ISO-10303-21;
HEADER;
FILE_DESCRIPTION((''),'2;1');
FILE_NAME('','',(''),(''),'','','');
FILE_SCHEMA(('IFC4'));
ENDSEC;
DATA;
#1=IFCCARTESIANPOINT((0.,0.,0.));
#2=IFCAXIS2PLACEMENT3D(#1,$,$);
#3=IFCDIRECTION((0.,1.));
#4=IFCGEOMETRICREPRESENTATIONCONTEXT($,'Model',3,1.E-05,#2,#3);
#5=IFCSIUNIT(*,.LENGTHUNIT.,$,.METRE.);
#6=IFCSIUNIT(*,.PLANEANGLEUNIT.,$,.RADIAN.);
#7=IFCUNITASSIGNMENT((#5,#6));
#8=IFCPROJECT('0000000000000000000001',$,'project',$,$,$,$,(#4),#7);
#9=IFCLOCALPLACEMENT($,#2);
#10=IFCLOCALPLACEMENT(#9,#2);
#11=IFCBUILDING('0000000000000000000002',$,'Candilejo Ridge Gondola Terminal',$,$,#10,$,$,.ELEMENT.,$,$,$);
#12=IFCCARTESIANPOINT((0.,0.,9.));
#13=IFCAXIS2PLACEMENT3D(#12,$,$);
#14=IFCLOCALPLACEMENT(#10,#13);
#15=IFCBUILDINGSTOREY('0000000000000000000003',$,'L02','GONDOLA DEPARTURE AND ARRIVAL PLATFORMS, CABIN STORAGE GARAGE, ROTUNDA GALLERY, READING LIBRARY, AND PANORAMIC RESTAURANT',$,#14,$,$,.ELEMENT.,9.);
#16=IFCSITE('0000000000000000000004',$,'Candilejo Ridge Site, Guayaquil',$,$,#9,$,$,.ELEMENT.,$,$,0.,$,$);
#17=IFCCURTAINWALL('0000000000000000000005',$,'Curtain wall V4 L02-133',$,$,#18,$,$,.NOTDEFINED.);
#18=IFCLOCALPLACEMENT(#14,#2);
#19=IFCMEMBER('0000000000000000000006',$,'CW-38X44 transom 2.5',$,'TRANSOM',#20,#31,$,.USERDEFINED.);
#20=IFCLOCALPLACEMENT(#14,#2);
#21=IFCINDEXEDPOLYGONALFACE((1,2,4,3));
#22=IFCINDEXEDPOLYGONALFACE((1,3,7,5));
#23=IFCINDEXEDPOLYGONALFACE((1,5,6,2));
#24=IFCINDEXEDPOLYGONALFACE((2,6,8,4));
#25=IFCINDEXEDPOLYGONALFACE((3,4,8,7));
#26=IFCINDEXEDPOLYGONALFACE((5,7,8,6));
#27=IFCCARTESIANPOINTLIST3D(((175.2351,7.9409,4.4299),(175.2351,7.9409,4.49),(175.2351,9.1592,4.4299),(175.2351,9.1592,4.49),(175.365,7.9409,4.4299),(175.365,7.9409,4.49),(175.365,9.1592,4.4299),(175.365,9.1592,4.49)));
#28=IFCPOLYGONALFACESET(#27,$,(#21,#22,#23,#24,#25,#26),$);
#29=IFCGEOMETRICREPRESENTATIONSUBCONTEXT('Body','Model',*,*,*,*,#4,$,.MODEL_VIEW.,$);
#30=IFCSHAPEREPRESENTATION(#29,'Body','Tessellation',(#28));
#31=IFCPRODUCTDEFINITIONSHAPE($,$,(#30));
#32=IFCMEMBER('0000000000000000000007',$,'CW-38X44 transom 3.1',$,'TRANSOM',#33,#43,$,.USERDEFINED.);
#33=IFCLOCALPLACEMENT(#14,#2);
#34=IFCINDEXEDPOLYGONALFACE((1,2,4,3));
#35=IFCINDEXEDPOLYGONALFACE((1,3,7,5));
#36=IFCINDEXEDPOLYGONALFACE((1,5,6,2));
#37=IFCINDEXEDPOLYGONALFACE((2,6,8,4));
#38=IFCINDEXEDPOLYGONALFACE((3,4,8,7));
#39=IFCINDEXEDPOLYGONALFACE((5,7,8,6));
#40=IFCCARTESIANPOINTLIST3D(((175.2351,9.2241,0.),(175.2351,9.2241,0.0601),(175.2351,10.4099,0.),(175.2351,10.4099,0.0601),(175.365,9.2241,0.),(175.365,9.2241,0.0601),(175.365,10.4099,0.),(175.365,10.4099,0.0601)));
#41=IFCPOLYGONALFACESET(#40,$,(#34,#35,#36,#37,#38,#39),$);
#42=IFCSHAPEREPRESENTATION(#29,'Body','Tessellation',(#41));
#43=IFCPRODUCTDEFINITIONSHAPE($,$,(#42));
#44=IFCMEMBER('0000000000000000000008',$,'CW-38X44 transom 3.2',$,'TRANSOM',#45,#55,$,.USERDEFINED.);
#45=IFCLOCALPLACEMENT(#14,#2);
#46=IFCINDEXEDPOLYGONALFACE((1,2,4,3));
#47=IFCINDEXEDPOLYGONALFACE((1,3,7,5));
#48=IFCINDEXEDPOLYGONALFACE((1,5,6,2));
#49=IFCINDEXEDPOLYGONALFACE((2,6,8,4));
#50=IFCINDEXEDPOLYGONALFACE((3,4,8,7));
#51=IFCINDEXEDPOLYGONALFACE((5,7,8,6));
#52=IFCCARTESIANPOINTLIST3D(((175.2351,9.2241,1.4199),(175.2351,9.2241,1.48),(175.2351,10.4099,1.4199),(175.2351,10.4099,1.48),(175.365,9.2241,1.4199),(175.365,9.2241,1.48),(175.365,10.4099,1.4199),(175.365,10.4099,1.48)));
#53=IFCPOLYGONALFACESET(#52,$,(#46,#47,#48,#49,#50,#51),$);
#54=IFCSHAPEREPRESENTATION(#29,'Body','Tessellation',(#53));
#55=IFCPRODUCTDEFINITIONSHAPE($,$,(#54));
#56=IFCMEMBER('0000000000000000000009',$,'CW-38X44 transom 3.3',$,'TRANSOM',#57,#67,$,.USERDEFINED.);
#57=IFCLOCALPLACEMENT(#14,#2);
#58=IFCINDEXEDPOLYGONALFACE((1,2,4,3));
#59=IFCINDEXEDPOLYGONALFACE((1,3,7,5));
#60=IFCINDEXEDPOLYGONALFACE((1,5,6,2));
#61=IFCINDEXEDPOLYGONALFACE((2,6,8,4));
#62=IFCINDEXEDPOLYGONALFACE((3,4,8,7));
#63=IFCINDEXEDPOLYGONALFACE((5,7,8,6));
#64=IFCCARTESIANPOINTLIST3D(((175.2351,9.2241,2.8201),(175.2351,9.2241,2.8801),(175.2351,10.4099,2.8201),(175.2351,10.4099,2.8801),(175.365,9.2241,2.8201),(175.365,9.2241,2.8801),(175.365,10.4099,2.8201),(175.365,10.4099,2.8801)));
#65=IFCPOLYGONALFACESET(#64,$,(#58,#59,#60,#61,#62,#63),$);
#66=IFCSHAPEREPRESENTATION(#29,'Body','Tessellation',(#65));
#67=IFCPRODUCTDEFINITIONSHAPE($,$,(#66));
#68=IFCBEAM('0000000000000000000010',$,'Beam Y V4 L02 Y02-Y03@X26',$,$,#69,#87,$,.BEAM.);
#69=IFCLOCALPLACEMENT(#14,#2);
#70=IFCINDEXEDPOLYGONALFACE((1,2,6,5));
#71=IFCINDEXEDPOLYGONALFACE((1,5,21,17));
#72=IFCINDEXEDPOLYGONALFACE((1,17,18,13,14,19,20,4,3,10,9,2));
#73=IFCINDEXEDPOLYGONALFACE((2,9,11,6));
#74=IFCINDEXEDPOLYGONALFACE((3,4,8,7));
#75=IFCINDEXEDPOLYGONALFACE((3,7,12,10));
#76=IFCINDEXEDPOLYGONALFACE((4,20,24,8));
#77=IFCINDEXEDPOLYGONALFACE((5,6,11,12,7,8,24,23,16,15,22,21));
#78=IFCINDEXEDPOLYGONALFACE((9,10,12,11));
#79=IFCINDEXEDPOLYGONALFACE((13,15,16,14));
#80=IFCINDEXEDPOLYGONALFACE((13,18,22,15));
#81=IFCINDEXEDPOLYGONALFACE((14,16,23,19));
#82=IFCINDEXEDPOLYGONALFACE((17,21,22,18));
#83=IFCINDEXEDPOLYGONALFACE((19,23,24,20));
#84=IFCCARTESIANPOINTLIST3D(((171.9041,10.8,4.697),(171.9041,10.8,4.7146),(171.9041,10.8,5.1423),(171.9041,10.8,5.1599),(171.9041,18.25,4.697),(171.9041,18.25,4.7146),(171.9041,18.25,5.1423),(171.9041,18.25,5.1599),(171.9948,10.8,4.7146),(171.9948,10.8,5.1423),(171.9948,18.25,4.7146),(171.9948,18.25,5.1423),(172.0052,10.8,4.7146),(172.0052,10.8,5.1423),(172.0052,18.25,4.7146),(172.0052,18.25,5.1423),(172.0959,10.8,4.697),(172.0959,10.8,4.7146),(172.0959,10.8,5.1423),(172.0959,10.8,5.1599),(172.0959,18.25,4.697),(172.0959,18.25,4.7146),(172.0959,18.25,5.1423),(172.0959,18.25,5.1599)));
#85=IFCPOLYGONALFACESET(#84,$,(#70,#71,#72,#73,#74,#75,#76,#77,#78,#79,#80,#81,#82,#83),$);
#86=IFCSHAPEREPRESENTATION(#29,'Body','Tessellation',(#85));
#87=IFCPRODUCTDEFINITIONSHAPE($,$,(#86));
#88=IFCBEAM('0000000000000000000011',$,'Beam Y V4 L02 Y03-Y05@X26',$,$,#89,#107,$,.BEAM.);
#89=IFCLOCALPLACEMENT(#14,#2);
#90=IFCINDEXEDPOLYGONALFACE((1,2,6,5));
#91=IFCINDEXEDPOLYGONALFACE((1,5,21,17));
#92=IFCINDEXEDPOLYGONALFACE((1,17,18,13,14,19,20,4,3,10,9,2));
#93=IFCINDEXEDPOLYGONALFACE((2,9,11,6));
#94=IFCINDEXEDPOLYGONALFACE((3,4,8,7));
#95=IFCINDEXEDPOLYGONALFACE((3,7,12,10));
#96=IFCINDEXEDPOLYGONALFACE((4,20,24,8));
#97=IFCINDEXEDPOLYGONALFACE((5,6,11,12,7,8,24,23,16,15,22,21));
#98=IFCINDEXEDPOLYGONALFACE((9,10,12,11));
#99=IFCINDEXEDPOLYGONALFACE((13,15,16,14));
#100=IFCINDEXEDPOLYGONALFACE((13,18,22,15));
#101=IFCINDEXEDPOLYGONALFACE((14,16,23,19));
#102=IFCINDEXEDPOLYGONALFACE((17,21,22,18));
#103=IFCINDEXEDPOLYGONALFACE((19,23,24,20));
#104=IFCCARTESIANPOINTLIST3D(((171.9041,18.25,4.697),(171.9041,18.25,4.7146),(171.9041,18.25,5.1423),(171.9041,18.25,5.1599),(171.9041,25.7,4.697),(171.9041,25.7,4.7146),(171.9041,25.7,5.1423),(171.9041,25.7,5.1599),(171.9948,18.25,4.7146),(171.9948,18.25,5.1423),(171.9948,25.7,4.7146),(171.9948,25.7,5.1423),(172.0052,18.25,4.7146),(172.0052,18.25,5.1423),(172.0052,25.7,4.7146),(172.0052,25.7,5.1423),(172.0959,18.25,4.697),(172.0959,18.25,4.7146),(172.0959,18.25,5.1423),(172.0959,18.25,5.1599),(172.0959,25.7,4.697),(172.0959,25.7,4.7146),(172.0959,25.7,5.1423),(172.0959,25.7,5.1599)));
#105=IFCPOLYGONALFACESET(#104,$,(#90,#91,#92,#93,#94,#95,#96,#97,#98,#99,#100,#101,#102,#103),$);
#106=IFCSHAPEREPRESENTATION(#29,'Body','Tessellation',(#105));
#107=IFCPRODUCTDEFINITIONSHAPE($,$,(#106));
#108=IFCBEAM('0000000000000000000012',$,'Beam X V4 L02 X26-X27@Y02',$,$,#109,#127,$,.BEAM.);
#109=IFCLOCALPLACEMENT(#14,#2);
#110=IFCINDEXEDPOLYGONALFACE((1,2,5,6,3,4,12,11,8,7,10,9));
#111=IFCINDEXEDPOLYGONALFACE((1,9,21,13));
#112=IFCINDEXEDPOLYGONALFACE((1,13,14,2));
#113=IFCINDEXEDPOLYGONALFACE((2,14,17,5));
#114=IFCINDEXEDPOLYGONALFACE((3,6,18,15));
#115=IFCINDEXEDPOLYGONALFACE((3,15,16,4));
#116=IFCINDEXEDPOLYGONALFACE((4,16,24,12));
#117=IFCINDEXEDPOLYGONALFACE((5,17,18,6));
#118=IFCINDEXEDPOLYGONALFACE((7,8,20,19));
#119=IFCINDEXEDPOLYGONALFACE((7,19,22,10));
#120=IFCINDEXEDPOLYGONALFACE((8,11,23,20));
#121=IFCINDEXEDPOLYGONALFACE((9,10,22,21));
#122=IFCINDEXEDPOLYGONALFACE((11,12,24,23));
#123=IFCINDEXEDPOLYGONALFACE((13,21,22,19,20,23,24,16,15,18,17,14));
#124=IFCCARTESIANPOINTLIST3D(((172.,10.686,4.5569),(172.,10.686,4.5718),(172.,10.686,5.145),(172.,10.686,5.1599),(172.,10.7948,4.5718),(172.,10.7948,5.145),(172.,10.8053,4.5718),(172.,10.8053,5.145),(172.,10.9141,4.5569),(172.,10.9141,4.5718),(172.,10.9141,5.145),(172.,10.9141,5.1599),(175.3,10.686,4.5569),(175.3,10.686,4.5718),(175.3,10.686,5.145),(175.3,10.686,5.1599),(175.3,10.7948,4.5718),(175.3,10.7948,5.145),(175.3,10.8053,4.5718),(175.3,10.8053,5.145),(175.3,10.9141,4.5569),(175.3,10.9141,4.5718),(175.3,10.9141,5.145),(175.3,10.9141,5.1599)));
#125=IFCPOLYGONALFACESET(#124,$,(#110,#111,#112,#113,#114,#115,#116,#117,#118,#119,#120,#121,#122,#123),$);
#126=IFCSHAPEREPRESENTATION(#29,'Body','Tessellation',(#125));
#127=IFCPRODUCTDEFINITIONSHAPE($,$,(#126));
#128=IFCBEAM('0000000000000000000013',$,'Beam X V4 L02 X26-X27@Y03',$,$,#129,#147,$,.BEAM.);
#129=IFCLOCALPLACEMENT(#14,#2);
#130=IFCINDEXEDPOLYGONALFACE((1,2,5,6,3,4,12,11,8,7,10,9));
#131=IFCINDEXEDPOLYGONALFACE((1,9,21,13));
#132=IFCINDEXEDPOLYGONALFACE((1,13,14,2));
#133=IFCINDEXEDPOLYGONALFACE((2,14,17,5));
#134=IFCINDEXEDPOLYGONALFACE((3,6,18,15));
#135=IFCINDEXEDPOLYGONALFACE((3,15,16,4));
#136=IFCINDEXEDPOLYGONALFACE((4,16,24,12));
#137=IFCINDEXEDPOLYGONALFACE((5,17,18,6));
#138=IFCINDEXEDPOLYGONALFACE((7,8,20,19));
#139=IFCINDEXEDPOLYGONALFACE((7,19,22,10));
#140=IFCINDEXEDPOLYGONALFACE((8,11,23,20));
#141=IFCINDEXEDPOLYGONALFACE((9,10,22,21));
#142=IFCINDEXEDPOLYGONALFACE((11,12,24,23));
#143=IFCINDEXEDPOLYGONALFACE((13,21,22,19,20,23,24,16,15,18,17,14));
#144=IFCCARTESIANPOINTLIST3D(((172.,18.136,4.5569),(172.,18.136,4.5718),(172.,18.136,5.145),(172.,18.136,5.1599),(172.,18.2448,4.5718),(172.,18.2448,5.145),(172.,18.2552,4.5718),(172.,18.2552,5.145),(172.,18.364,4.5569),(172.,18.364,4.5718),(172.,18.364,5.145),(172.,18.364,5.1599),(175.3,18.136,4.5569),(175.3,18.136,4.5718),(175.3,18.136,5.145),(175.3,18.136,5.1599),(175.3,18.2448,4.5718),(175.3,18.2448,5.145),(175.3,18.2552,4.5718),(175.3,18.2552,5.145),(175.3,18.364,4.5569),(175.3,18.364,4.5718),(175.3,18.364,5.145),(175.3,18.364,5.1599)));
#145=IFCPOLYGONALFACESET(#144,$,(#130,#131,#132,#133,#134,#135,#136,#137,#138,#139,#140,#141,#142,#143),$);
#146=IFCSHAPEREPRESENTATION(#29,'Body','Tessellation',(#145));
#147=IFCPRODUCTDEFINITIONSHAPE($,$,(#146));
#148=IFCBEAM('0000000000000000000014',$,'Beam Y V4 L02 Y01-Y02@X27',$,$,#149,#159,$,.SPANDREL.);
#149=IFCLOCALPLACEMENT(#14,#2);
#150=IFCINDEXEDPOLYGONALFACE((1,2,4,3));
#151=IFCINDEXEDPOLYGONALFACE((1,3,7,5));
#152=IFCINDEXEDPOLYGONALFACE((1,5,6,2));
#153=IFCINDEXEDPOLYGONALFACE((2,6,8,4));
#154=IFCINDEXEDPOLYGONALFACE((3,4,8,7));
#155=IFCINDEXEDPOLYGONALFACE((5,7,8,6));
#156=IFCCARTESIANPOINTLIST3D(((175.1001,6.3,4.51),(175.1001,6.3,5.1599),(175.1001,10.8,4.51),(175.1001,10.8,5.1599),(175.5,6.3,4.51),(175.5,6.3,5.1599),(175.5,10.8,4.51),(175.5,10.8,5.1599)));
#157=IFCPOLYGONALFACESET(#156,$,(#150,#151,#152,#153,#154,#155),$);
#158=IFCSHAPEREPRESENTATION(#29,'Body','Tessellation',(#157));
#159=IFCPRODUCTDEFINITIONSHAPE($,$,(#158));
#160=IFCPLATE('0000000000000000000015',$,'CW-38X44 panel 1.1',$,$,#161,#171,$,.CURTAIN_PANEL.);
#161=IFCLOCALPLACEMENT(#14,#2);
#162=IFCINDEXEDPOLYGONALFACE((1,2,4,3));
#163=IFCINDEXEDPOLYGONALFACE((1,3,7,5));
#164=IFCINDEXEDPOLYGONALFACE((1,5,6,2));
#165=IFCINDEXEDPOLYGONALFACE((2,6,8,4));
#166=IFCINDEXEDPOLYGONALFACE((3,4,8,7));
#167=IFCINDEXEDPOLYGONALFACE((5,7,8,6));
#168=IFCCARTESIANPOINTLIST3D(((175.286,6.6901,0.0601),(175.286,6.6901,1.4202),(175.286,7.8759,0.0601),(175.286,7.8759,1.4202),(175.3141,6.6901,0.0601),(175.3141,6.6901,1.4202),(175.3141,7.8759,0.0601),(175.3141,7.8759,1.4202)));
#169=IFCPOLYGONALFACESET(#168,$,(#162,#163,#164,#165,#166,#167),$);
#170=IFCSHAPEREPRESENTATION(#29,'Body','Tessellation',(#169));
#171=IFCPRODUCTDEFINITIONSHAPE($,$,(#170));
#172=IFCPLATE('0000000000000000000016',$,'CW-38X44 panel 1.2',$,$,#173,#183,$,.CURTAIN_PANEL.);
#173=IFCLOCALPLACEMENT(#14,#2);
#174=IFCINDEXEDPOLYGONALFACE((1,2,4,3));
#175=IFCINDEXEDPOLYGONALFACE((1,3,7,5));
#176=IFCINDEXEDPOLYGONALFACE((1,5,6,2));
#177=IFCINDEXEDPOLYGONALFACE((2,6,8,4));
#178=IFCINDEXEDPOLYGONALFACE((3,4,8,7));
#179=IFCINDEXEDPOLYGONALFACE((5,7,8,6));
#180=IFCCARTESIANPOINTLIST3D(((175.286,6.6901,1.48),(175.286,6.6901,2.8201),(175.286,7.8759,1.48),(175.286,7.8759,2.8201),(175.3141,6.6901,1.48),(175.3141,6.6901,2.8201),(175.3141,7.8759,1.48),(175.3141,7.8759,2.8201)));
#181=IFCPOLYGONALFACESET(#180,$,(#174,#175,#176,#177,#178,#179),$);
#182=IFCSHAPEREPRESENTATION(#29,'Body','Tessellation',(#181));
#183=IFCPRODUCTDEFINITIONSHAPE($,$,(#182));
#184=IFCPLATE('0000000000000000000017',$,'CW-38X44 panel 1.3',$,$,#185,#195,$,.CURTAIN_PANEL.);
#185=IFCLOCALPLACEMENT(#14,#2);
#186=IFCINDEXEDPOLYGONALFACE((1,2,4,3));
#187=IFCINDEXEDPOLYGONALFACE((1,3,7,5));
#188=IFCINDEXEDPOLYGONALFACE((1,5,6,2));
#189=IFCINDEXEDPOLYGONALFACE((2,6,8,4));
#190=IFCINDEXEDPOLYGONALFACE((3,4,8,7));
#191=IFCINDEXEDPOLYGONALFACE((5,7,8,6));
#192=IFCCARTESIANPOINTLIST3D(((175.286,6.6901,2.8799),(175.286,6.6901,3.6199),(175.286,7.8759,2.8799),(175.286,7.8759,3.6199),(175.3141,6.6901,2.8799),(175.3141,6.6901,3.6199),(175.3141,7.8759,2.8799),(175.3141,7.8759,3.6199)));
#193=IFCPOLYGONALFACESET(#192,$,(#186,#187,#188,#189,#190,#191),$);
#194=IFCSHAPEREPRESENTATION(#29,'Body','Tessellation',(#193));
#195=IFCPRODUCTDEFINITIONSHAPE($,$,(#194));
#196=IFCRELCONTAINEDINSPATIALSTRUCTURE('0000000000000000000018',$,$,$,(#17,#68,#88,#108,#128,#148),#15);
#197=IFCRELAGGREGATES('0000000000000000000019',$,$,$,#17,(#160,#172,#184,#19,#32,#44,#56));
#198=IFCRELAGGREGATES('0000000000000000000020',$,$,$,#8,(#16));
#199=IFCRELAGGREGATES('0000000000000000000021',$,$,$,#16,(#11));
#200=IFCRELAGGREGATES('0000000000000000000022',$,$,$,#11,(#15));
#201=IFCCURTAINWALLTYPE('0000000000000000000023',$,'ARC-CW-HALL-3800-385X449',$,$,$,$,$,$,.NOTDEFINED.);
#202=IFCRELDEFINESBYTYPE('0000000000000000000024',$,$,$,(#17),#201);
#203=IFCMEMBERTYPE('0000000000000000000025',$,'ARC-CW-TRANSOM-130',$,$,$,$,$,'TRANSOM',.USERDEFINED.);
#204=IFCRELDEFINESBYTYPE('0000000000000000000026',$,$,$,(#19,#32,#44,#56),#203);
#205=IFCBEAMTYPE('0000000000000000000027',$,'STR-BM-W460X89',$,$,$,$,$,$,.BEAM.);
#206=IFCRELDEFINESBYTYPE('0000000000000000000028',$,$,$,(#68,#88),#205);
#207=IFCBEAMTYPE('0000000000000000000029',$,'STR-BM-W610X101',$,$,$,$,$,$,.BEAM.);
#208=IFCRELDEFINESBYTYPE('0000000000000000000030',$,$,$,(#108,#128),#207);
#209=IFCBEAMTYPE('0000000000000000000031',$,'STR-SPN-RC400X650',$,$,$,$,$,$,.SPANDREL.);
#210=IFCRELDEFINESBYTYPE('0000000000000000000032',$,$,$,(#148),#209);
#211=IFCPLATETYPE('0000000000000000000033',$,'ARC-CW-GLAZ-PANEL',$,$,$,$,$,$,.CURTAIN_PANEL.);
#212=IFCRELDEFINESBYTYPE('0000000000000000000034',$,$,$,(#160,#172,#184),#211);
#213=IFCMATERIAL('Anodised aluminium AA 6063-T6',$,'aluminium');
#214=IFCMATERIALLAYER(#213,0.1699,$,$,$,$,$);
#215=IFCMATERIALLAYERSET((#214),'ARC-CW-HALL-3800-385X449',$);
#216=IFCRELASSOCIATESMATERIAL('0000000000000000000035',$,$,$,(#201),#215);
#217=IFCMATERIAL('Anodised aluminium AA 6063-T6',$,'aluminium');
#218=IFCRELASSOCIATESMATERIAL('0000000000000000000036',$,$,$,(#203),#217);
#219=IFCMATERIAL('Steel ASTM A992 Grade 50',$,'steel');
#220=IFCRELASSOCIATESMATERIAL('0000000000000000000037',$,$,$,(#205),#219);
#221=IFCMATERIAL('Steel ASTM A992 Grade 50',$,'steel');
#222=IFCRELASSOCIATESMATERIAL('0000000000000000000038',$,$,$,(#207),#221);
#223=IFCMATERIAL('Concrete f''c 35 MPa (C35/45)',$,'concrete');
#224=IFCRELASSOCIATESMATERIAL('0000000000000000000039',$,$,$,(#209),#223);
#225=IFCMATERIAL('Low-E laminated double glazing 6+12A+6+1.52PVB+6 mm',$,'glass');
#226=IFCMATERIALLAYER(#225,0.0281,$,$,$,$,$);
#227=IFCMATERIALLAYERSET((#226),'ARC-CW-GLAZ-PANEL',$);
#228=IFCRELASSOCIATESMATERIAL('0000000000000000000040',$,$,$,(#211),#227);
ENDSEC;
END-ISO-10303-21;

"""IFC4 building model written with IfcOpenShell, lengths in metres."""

from ifc_helpers import new_model, si_unit, direction, frame, origin, origin_2d, place, context, subcontext, project, spatial, rectangle, i_section, extrude, material, layer, layer_set, material_profile, profile_set, type_object, element, aggregate, save


model = new_model("IFC4")

# Units and contexts
model_context = context("Model", 3, precision=1e-05, world=origin(), true_north=direction((0.0, 1.0)))
body_context = subcontext(model_context, "Body", "Model", "MODEL_VIEW")
ifc_project = project(units=[si_unit("LENGTHUNIT", "METRE"), si_unit("PLANEANGLEUNIT", "RADIAN")], contexts=[model_context])

# Site, building, storey
site_placement = place(None, origin())
site = spatial("IfcSite", under=ifc_project, at=site_placement, Name="Candilejo Ridge Site, Guayaquil", CompositionType="ELEMENT", RefElevation=0.0)
building_placement = place(site_placement, origin())
building = spatial("IfcBuilding", under=site, at=building_placement, Name="Candilejo Ridge Gondola Terminal", CompositionType="ELEMENT")
storey_placement = place(building_placement, frame((0.0, 0.0, 9.0)))
storey = spatial("IfcBuildingStorey", under=building, at=storey_placement, Name="L02", Description="GONDOLA DEPARTURE AND ARRIVAL PLATFORMS, CABIN STORAGE GARAGE, ROTUNDA GALLERY, READING LIBRARY, AND PANORAMIC RESTAURANT", CompositionType="ELEMENT", Elevation=9.0)

# Curtain wall, members
ifc_material_1 = material(Name="Anodised aluminium AA 6063-T6", Category="aluminium")
ifc_layer_1 = layer(ifc_material_1, 0.1699)
ifc_layer_set_1 = layer_set([ifc_layer_1], Name="ARC-CW-HALL-3800-385X449")
curtain_wall_type = type_object("IfcCurtainWallType", Name="ARC-CW-HALL-3800-385X449", PredefinedType="NOTDEFINED", material=ifc_layer_set_1)
curtain_wall_placement = place(storey_placement, origin())
curtain_wall = element("IfcCurtainWall", 1, at=curtain_wall_placement, inside=storey, type_object=curtain_wall_type, Name="Curtain wall V4 L02-133", PredefinedType="NOTDEFINED")
ifc_material_2 = material(Name="Anodised aluminium AA 6063-T6", Category="aluminium")
ifc_material_profile_1 = material_profile(ifc_material_2, rectangle(XDim=0.1299, YDim=0.0601, at=origin_2d()))
ifc_profile_set_1 = profile_set([ifc_material_profile_1], Name="Anodised aluminium AA 6063-T6")
member_type_1 = type_object("IfcMemberType", Name="ARC-CW-TRANSOM-130", ElementType="TRANSOM", PredefinedType="USERDEFINED", material=ifc_profile_set_1)
member_1_placement = place(storey_placement, frame((175.3, 7.9409, 4.46), z_axis=(0.0, 1.0, 0.0), x_axis=(-1.0, 0.0, 0.0)))
member_1 = element("IfcMember", 2, at=member_1_placement, type_object=member_type_1, Name="CW-38X44 transom 2.5", ObjectType="TRANSOM", PredefinedType="USERDEFINED", context=body_context, shape_type="SweptSolid", body=[
    extrude(rectangle(XDim=0.1299, YDim=0.0601, at=origin_2d()), origin(), (0.0, 0.0, 1.0), 1.2183),
])
member_2_placement = place(storey_placement, frame((175.3, 9.2241, 0.03), z_axis=(0.0, 1.0, 0.0), x_axis=(-1.0, 0.0, 0.0)))
member_2 = element("IfcMember", 3, at=member_2_placement, type_object=member_type_1, Name="CW-38X44 transom 3.1", ObjectType="TRANSOM", PredefinedType="USERDEFINED", context=body_context, shape_type="SweptSolid", body=[
    extrude(rectangle(XDim=0.1299, YDim=0.0601, at=origin_2d()), origin(), (0.0, 0.0, 1.0), 1.1858),
])
member_3_placement = place(storey_placement, frame((175.3, 9.2241, 1.45), z_axis=(0.0, 1.0, 0.0), x_axis=(-1.0, 0.0, 0.0)))
member_3 = element("IfcMember", 4, at=member_3_placement, type_object=member_type_1, Name="CW-38X44 transom 3.2", ObjectType="TRANSOM", PredefinedType="USERDEFINED", context=body_context, shape_type="SweptSolid", body=[
    extrude(rectangle(XDim=0.1299, YDim=0.0601, at=origin_2d()), origin(), (0.0, 0.0, 1.0), 1.1858),
])
member_4_placement = place(storey_placement, frame((175.3, 9.2241, 2.8501), z_axis=(0.0, 1.0, 0.0), x_axis=(-1.0, 0.0, 0.0)))
member_4 = element("IfcMember", 5, at=member_4_placement, type_object=member_type_1, Name="CW-38X44 transom 3.3", ObjectType="TRANSOM", PredefinedType="USERDEFINED", context=body_context, shape_type="SweptSolid", body=[
    extrude(rectangle(XDim=0.1299, YDim=0.0601, at=origin_2d()), origin(), (0.0, 0.0, 1.0), 1.1858),
])

# Beams
ifc_material_3 = material(Name="Steel ASTM A992 Grade 50", Category="steel")
ifc_material_profile_2 = material_profile(ifc_material_3, i_section(OverallWidth=0.1919, OverallDepth=0.4629, WebThickness=0.0105, FlangeThickness=0.0176, at=origin_2d()))
ifc_profile_set_2 = profile_set([ifc_material_profile_2], Name="Steel ASTM A992 Grade 50")
beam_type_1 = type_object("IfcBeamType", Name="STR-BM-W460X89", PredefinedType="BEAM", material=ifc_profile_set_2)
for number, where, z_axis, x_axis, name in (
    (6, (172.0, 10.8, 4.9285), (0.0, 1.0, 0.0), (-1.0, 0.0, 0.0), "Beam Y V4 L02 Y02-Y03@X26"),
    (7, (172.0, 18.25, 4.9285), (0.0, 1.0, 0.0), (-1.0, 0.0, 0.0), "Beam Y V4 L02 Y03-Y05@X26"),
):
    element("IfcBeam", number, at=place(storey_placement, frame(where, z_axis=z_axis, x_axis=x_axis)), inside=storey, type_object=beam_type_1, Name=name, PredefinedType="BEAM", context=body_context, shape_type="SweptSolid", body=[
        extrude(i_section(OverallWidth=0.1919, OverallDepth=0.4629, WebThickness=0.0105, FlangeThickness=0.0176, at=origin_2d()), origin(), (0.0, 0.0, 1.0), 7.45),
    ])
ifc_material_4 = material(Name="Steel ASTM A992 Grade 50", Category="steel")
ifc_material_profile_3 = material_profile(ifc_material_4, i_section(OverallWidth=0.228, OverallDepth=0.603, WebThickness=0.0105, FlangeThickness=0.0149, at=origin_2d()))
ifc_profile_set_3 = profile_set([ifc_material_profile_3], Name="Steel ASTM A992 Grade 50")
beam_type_2 = type_object("IfcBeamType", Name="STR-BM-W610X101", PredefinedType="BEAM", material=ifc_profile_set_3)
for number, where, z_axis, x_axis, name in (
    (8, (172.0, 10.8, 4.8584), (1.0, 0.0, 0.0), (0.0, 1.0, 0.0), "Beam X V4 L02 X26-X27@Y02"),
    (9, (172.0, 18.25, 4.8584), (1.0, 0.0, 0.0), (0.0, 1.0, 0.0), "Beam X V4 L02 X26-X27@Y03"),
):
    element("IfcBeam", number, at=place(storey_placement, frame(where, z_axis=z_axis, x_axis=x_axis)), inside=storey, type_object=beam_type_2, Name=name, PredefinedType="BEAM", context=body_context, shape_type="SweptSolid", body=[
        extrude(i_section(OverallWidth=0.228, OverallDepth=0.603, WebThickness=0.0105, FlangeThickness=0.0149, at=origin_2d()), origin(), (0.0, 0.0, 1.0), 3.3),
    ])
ifc_material_5 = material(Name="Concrete f'c 35 MPa (C35/45)", Category="concrete")
ifc_material_profile_4 = material_profile(ifc_material_5, rectangle(XDim=0.3999, YDim=0.6499, at=origin_2d()))
ifc_profile_set_4 = profile_set([ifc_material_profile_4], Name="Concrete f'c 35 MPa (C35/45)")
beam_type_3 = type_object("IfcBeamType", Name="STR-SPN-RC400X650", PredefinedType="SPANDREL", material=ifc_profile_set_4)
beam_placement = place(storey_placement, frame((175.3, 6.3, 4.835), z_axis=(0.0, 1.0, 0.0), x_axis=(-1.0, 0.0, 0.0)))
element("IfcBeam", 10, at=beam_placement, inside=storey, type_object=beam_type_3, Name="Beam Y V4 L02 Y01-Y02@X27", PredefinedType="SPANDREL", context=body_context, shape_type="SweptSolid", body=[
    extrude(rectangle(XDim=0.3999, YDim=0.6499, at=origin_2d()), origin(), (0.0, 0.0, 1.0), 4.5),
])

# Plates
ifc_material_6 = material(Name="Low-E laminated double glazing 6+12A+6+1.52PVB+6 mm", Category="glass")
ifc_layer_2 = layer(ifc_material_6, 0.0281)
ifc_layer_set_2 = layer_set([ifc_layer_2], Name="ARC-CW-GLAZ-PANEL")
plate_type = type_object("IfcPlateType", Name="ARC-CW-GLAZ-PANEL", PredefinedType="CURTAIN_PANEL", material=ifc_layer_set_2)
plate_1_placement = place(storey_placement, frame((175.3, 7.283, 0.0601), z_axis=(0.0, 0.0, 1.0), x_axis=(0.0, 1.0, 0.0)))
plate_1 = element("IfcPlate", 11, at=plate_1_placement, type_object=plate_type, Name="CW-38X44 panel 1.1", PredefinedType="CURTAIN_PANEL", context=body_context, shape_type="SweptSolid", body=[
    extrude(rectangle(XDim=1.1858, YDim=0.0281, at=origin_2d()), origin(), (0.0, 0.0, 1.0), 1.3601),
])
plate_2_placement = place(storey_placement, frame((175.3, 7.283, 1.48), z_axis=(0.0, 0.0, 1.0), x_axis=(0.0, 1.0, 0.0)))
plate_2 = element("IfcPlate", 12, at=plate_2_placement, type_object=plate_type, Name="CW-38X44 panel 1.2", PredefinedType="CURTAIN_PANEL", context=body_context, shape_type="SweptSolid", body=[
    extrude(rectangle(XDim=1.1858, YDim=0.0281, at=origin_2d()), origin(), (0.0, 0.0, 1.0), 1.3401),
])
plate_3_placement = place(storey_placement, frame((175.3, 7.283, 2.8799), z_axis=(0.0, 0.0, 1.0), x_axis=(0.0, 1.0, 0.0)))
plate_3 = element("IfcPlate", 13, at=plate_3_placement, type_object=plate_type, Name="CW-38X44 panel 1.3", PredefinedType="CURTAIN_PANEL", context=body_context, shape_type="SweptSolid", body=[
    extrude(rectangle(XDim=1.1858, YDim=0.0281, at=origin_2d()), origin(), (0.0, 0.0, 1.0), 0.74),
])
aggregate(curtain_wall, [plate_1, plate_2, plate_3, member_1, member_2, member_3, member_4])

save(model, "model.ifc")
